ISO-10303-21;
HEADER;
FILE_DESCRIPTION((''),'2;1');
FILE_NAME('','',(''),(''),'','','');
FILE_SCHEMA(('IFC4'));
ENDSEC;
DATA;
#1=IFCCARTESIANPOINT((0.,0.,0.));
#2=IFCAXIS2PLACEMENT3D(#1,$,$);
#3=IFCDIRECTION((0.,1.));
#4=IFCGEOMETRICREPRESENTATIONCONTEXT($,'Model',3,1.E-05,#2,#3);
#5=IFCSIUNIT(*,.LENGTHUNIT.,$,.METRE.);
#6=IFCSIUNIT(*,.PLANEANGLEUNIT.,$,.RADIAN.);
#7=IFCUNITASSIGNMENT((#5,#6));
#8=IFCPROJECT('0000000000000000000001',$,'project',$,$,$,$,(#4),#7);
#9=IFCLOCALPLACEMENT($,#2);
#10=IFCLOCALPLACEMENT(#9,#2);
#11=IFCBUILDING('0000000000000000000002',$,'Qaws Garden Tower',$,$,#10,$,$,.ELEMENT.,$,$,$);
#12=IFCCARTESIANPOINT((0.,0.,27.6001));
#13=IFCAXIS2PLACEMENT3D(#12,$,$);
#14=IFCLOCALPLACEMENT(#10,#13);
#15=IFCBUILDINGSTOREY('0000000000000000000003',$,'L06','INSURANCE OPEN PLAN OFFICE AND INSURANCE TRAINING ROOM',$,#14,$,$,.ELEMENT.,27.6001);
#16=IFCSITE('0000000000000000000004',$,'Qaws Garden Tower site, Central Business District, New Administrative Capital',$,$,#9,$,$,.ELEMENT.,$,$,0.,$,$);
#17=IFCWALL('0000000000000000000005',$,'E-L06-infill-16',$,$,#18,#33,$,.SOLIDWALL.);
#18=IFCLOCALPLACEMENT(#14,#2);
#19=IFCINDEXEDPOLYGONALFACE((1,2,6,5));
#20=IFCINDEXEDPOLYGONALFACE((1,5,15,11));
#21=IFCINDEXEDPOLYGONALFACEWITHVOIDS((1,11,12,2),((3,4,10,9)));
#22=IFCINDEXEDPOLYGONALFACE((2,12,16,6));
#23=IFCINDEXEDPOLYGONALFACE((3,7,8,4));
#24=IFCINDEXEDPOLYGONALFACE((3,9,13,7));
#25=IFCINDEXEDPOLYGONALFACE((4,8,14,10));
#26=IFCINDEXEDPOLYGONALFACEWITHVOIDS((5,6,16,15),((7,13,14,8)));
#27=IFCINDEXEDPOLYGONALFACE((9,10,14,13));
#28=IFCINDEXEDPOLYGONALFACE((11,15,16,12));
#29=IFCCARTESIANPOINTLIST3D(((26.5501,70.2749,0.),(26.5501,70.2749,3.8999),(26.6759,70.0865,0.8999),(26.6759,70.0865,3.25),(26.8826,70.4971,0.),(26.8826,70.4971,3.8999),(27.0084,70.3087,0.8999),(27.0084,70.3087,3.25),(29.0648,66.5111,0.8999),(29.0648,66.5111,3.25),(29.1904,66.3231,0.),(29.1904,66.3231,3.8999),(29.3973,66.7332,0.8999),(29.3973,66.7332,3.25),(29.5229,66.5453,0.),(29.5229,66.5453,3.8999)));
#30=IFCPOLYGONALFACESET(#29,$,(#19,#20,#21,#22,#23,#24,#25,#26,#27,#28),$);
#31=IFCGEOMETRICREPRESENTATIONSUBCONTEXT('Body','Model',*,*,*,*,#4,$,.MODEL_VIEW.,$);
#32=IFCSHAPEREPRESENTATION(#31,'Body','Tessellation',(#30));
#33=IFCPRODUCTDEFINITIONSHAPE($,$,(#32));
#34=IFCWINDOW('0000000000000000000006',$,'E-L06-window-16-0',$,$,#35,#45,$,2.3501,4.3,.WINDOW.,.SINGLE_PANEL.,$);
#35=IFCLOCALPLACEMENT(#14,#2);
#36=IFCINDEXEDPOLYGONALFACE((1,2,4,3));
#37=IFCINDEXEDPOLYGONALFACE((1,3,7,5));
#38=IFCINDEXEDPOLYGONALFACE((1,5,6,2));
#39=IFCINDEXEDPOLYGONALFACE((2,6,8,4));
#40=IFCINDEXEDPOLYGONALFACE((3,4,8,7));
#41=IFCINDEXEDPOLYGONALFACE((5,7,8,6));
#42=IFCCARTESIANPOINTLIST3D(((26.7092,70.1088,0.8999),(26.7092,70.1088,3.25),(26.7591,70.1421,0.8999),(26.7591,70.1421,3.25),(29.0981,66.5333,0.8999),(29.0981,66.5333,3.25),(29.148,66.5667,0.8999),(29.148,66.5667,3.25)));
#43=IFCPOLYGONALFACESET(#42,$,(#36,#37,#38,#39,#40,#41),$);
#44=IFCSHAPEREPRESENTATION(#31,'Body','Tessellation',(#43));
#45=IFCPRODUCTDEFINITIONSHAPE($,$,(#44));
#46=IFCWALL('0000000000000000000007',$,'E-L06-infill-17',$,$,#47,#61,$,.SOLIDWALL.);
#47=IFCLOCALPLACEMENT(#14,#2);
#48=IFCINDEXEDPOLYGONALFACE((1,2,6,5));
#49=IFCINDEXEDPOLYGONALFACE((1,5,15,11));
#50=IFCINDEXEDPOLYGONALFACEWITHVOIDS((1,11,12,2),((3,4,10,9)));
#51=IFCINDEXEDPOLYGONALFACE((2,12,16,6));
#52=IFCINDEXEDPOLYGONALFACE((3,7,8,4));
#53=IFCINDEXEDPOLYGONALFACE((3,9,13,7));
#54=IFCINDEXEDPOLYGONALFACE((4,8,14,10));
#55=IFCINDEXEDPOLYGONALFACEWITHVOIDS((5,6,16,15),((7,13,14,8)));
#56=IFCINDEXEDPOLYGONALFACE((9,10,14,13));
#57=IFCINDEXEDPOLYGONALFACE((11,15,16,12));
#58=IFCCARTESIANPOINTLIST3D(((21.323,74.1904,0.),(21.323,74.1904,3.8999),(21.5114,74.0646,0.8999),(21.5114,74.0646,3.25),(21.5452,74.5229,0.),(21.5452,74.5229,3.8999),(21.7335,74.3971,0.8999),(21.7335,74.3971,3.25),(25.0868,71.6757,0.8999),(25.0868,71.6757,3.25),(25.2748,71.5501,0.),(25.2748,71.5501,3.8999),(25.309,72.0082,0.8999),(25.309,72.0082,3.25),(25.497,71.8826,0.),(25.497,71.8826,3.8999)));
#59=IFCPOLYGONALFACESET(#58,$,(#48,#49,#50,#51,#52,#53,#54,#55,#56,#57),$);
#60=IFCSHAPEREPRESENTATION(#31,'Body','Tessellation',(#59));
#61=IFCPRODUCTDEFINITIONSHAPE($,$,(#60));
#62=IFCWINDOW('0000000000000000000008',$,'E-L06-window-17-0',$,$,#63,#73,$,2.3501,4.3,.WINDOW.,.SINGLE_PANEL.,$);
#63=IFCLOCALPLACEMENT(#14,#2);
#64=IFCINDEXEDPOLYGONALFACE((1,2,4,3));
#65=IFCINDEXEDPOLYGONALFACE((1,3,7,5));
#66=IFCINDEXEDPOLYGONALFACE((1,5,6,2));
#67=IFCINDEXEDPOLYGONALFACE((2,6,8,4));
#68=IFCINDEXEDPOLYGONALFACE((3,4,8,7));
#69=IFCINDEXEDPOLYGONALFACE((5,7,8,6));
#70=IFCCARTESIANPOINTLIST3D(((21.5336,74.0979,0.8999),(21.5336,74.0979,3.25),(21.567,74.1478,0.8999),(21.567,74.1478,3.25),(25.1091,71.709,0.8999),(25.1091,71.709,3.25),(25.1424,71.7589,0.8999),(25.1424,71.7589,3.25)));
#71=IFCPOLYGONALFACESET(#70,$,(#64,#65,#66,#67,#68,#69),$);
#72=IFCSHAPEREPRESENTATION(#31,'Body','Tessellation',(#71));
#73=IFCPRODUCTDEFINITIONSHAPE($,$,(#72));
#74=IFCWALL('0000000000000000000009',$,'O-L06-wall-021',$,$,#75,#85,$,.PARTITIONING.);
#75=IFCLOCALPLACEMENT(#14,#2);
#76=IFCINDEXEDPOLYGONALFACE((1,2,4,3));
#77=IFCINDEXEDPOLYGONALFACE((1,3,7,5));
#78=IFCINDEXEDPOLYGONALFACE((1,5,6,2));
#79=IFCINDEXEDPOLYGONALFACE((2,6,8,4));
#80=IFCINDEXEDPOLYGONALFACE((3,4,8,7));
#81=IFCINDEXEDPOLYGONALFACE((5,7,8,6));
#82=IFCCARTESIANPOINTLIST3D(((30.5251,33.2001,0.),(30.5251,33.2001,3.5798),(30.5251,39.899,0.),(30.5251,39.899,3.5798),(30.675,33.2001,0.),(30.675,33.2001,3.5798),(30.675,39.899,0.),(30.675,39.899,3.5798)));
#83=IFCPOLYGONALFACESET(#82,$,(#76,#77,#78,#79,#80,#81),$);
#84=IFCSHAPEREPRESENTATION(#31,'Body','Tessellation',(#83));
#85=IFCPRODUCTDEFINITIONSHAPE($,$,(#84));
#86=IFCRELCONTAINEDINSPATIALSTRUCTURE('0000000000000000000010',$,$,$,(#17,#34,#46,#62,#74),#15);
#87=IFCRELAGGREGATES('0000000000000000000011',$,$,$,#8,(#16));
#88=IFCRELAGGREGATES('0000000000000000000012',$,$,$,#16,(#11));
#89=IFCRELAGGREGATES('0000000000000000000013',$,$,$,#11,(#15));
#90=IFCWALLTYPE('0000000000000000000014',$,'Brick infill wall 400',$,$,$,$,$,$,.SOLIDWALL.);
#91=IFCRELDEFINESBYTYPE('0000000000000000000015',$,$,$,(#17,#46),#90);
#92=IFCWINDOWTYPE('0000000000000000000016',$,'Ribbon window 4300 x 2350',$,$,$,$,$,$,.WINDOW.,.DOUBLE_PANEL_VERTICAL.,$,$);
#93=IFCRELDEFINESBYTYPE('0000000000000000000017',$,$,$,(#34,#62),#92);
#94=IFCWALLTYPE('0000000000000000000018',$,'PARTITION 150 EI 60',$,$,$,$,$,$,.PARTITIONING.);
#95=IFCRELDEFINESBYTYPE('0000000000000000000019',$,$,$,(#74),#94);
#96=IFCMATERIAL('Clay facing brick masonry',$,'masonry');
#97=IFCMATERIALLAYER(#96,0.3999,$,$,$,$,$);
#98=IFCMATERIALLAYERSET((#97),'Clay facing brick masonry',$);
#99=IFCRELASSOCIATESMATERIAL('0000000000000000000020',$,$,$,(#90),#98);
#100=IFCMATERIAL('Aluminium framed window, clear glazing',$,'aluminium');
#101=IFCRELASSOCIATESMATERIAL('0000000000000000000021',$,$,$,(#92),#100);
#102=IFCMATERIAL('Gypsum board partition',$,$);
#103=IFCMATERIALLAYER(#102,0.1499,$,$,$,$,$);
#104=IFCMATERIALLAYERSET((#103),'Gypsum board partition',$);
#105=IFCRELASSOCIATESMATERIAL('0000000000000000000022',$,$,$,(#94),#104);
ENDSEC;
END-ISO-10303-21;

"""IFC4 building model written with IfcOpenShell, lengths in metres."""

from ifc_helpers import new_model, si_unit, direction, frame, frame_2d, origin, place, context, subcontext, project, spatial, rectangle, extrude, material, layer, layer_set, type_object, element, fill, save


model = new_model("IFC4")

# Units and contexts
model_context = context("Model", 3, precision=1e-05, world=origin(), true_north=direction((0.0, 1.0)))
body_context = subcontext(model_context, "Body", "Model", "MODEL_VIEW")
ifc_project = project(units=[si_unit("LENGTHUNIT", "METRE"), si_unit("PLANEANGLEUNIT", "RADIAN")], contexts=[model_context])

# Site, building, storey
site_placement = place(None, origin())
site = spatial("IfcSite", under=ifc_project, at=site_placement, Name="Qaws Garden Tower site, Central Business District, New Administrative Capital", CompositionType="ELEMENT", RefElevation=0.0)
building_placement = place(site_placement, origin())
building = spatial("IfcBuilding", under=site, at=building_placement, Name="Qaws Garden Tower", CompositionType="ELEMENT")
storey_placement = place(building_placement, frame((0.0, 0.0, 27.6001)))
storey = spatial("IfcBuildingStorey", under=building, at=storey_placement, Name="L06", Description="INSURANCE OPEN PLAN OFFICE AND INSURANCE TRAINING ROOM", CompositionType="ELEMENT", Elevation=27.6001)

# Shared definitions
ifc_material_1 = material(Name="Clay facing brick masonry", Category="masonry")
ifc_layer_1 = layer(ifc_material_1, 0.3999)
ifc_layer_set_1 = layer_set([ifc_layer_1], Name="Clay facing brick masonry")
wall_type_1 = type_object("IfcWallType", Name="Brick infill wall 400", PredefinedType="SOLIDWALL", material=ifc_layer_set_1)

# Walls, openings, windows
ifc_material_2 = material(Name="Aluminium framed window, clear glazing", Category="aluminium")
window_type_1 = type_object("IfcWindowType", Name="Ribbon window 4300 x 2350", PartitioningType="DOUBLE_PANEL_VERTICAL", PredefinedType="WINDOW", material=ifc_material_2)
wall_1_placement = place(storey_placement, frame((29.3567, 66.4341, 0.0), z_axis=(0.0, 0.0, 1.0), x_axis=(-0.555542, 0.831489, 0.0)))
wall_1 = element("IfcWall", 1, at=wall_1_placement, inside=storey, type_object=wall_type_1, Name="E-L06-infill-16", PredefinedType="SOLIDWALL", context=body_context, shape_type="SweptSolid", body=[
    extrude(rectangle(XDim=4.7527, YDim=0.3999, at=frame_2d((2.3765, 0.0))), origin(), (0.0, 0.0, 1.0), 3.8999),
])
opening_1_placement = place(wall_1_placement, frame((0.2263, 0.0, 0.8999)))
opening_1 = element("IfcOpeningElement", 2, at=opening_1_placement, cuts=wall_1, PredefinedType="OPENING", context=body_context, shape_type="SweptSolid", body=[
    extrude(rectangle(XDim=4.3, YDim=2.3501, at=frame_2d((2.1499, 1.175))), frame((0.0, 0.21, 0.0), z_axis=(0.0, -1.0, 0.0), x_axis=(1.0, 0.0, 0.0)), (0.0, 0.0, 1.0), 0.4199),
])
window_1_placement = place(opening_1_placement, origin())
window_1 = element("IfcWindow", 3, at=window_1_placement, inside=storey, type_object=window_type_1, Name="E-L06-window-16-0", OverallHeight=2.3501, OverallWidth=4.3, PartitioningType="SINGLE_PANEL", PredefinedType="WINDOW", context=body_context, shape_type="SweptSolid", body=[
    extrude(rectangle(XDim=4.3, YDim=2.3501, at=frame_2d((2.1499, 1.175))), frame((0.0, 0.1599, 0.0), z_axis=(0.0, -1.0, 0.0), x_axis=(1.0, 0.0, 0.0)), (0.0, 0.0, 1.0), 0.0601),
])
fill(opening_1, window_1)
wall_2_placement = place(storey_placement, frame((25.386, 71.7163, 0.0), z_axis=(0.0, 0.0, 1.0), x_axis=(-0.831489, 0.555542, 0.0)))
wall_2 = element("IfcWall", 4, at=wall_2_placement, inside=storey, type_object=wall_type_1, Name="E-L06-infill-17", PredefinedType="SOLIDWALL", context=body_context, shape_type="SweptSolid", body=[
    extrude(rectangle(XDim=4.7527, YDim=0.3999, at=frame_2d((2.3765, 0.0))), origin(), (0.0, 0.0, 1.0), 3.8999),
])
opening_2_placement = place(wall_2_placement, frame((0.2263, 0.0, 0.8999)))
opening_2 = element("IfcOpeningElement", 5, at=opening_2_placement, cuts=wall_2, PredefinedType="OPENING", context=body_context, shape_type="SweptSolid", body=[
    extrude(rectangle(XDim=4.3, YDim=2.3501, at=frame_2d((2.1499, 1.175))), frame((0.0, 0.21, 0.0), z_axis=(0.0, -1.0, 0.0), x_axis=(1.0, 0.0, 0.0)), (0.0, 0.0, 1.0), 0.4199),
])
window_2_placement = place(opening_2_placement, origin())
window_2 = element("IfcWindow", 6, at=window_2_placement, inside=storey, type_object=window_type_1, Name="E-L06-window-17-0", OverallHeight=2.3501, OverallWidth=4.3, PartitioningType="SINGLE_PANEL", PredefinedType="WINDOW", context=body_context, shape_type="SweptSolid", body=[
    extrude(rectangle(XDim=4.3, YDim=2.3501, at=frame_2d((2.1499, 1.175))), frame((0.0, 0.1599, 0.0), z_axis=(0.0, -1.0, 0.0), x_axis=(1.0, 0.0, 0.0)), (0.0, 0.0, 1.0), 0.0601),
])
fill(opening_2, window_2)

# Wall
ifc_material_3 = material(Name="Gypsum board partition")
ifc_layer_2 = layer(ifc_material_3, 0.1499)
ifc_layer_set_2 = layer_set([ifc_layer_2], Name="Gypsum board partition")
wall_type_2 = type_object("IfcWallType", Name="PARTITION 150 EI 60", PredefinedType="PARTITIONING", material=ifc_layer_set_2)
wall_3_placement = place(storey_placement, frame((30.6001, 33.2, 0.0), z_axis=(0.0, 0.0, 1.0), x_axis=(0.0, 1.0, 0.0)))
element("IfcWall", 7, at=wall_3_placement, inside=storey, type_object=wall_type_2, Name="O-L06-wall-021", PredefinedType="PARTITIONING", context=body_context, shape_type="SweptSolid", body=[
    extrude(rectangle(XDim=6.699, YDim=0.1499, at=frame_2d((3.3496, 0.0))), origin(), (0.0, 0.0, 1.0), 3.5798),
])

save(model, "model.ifc")
